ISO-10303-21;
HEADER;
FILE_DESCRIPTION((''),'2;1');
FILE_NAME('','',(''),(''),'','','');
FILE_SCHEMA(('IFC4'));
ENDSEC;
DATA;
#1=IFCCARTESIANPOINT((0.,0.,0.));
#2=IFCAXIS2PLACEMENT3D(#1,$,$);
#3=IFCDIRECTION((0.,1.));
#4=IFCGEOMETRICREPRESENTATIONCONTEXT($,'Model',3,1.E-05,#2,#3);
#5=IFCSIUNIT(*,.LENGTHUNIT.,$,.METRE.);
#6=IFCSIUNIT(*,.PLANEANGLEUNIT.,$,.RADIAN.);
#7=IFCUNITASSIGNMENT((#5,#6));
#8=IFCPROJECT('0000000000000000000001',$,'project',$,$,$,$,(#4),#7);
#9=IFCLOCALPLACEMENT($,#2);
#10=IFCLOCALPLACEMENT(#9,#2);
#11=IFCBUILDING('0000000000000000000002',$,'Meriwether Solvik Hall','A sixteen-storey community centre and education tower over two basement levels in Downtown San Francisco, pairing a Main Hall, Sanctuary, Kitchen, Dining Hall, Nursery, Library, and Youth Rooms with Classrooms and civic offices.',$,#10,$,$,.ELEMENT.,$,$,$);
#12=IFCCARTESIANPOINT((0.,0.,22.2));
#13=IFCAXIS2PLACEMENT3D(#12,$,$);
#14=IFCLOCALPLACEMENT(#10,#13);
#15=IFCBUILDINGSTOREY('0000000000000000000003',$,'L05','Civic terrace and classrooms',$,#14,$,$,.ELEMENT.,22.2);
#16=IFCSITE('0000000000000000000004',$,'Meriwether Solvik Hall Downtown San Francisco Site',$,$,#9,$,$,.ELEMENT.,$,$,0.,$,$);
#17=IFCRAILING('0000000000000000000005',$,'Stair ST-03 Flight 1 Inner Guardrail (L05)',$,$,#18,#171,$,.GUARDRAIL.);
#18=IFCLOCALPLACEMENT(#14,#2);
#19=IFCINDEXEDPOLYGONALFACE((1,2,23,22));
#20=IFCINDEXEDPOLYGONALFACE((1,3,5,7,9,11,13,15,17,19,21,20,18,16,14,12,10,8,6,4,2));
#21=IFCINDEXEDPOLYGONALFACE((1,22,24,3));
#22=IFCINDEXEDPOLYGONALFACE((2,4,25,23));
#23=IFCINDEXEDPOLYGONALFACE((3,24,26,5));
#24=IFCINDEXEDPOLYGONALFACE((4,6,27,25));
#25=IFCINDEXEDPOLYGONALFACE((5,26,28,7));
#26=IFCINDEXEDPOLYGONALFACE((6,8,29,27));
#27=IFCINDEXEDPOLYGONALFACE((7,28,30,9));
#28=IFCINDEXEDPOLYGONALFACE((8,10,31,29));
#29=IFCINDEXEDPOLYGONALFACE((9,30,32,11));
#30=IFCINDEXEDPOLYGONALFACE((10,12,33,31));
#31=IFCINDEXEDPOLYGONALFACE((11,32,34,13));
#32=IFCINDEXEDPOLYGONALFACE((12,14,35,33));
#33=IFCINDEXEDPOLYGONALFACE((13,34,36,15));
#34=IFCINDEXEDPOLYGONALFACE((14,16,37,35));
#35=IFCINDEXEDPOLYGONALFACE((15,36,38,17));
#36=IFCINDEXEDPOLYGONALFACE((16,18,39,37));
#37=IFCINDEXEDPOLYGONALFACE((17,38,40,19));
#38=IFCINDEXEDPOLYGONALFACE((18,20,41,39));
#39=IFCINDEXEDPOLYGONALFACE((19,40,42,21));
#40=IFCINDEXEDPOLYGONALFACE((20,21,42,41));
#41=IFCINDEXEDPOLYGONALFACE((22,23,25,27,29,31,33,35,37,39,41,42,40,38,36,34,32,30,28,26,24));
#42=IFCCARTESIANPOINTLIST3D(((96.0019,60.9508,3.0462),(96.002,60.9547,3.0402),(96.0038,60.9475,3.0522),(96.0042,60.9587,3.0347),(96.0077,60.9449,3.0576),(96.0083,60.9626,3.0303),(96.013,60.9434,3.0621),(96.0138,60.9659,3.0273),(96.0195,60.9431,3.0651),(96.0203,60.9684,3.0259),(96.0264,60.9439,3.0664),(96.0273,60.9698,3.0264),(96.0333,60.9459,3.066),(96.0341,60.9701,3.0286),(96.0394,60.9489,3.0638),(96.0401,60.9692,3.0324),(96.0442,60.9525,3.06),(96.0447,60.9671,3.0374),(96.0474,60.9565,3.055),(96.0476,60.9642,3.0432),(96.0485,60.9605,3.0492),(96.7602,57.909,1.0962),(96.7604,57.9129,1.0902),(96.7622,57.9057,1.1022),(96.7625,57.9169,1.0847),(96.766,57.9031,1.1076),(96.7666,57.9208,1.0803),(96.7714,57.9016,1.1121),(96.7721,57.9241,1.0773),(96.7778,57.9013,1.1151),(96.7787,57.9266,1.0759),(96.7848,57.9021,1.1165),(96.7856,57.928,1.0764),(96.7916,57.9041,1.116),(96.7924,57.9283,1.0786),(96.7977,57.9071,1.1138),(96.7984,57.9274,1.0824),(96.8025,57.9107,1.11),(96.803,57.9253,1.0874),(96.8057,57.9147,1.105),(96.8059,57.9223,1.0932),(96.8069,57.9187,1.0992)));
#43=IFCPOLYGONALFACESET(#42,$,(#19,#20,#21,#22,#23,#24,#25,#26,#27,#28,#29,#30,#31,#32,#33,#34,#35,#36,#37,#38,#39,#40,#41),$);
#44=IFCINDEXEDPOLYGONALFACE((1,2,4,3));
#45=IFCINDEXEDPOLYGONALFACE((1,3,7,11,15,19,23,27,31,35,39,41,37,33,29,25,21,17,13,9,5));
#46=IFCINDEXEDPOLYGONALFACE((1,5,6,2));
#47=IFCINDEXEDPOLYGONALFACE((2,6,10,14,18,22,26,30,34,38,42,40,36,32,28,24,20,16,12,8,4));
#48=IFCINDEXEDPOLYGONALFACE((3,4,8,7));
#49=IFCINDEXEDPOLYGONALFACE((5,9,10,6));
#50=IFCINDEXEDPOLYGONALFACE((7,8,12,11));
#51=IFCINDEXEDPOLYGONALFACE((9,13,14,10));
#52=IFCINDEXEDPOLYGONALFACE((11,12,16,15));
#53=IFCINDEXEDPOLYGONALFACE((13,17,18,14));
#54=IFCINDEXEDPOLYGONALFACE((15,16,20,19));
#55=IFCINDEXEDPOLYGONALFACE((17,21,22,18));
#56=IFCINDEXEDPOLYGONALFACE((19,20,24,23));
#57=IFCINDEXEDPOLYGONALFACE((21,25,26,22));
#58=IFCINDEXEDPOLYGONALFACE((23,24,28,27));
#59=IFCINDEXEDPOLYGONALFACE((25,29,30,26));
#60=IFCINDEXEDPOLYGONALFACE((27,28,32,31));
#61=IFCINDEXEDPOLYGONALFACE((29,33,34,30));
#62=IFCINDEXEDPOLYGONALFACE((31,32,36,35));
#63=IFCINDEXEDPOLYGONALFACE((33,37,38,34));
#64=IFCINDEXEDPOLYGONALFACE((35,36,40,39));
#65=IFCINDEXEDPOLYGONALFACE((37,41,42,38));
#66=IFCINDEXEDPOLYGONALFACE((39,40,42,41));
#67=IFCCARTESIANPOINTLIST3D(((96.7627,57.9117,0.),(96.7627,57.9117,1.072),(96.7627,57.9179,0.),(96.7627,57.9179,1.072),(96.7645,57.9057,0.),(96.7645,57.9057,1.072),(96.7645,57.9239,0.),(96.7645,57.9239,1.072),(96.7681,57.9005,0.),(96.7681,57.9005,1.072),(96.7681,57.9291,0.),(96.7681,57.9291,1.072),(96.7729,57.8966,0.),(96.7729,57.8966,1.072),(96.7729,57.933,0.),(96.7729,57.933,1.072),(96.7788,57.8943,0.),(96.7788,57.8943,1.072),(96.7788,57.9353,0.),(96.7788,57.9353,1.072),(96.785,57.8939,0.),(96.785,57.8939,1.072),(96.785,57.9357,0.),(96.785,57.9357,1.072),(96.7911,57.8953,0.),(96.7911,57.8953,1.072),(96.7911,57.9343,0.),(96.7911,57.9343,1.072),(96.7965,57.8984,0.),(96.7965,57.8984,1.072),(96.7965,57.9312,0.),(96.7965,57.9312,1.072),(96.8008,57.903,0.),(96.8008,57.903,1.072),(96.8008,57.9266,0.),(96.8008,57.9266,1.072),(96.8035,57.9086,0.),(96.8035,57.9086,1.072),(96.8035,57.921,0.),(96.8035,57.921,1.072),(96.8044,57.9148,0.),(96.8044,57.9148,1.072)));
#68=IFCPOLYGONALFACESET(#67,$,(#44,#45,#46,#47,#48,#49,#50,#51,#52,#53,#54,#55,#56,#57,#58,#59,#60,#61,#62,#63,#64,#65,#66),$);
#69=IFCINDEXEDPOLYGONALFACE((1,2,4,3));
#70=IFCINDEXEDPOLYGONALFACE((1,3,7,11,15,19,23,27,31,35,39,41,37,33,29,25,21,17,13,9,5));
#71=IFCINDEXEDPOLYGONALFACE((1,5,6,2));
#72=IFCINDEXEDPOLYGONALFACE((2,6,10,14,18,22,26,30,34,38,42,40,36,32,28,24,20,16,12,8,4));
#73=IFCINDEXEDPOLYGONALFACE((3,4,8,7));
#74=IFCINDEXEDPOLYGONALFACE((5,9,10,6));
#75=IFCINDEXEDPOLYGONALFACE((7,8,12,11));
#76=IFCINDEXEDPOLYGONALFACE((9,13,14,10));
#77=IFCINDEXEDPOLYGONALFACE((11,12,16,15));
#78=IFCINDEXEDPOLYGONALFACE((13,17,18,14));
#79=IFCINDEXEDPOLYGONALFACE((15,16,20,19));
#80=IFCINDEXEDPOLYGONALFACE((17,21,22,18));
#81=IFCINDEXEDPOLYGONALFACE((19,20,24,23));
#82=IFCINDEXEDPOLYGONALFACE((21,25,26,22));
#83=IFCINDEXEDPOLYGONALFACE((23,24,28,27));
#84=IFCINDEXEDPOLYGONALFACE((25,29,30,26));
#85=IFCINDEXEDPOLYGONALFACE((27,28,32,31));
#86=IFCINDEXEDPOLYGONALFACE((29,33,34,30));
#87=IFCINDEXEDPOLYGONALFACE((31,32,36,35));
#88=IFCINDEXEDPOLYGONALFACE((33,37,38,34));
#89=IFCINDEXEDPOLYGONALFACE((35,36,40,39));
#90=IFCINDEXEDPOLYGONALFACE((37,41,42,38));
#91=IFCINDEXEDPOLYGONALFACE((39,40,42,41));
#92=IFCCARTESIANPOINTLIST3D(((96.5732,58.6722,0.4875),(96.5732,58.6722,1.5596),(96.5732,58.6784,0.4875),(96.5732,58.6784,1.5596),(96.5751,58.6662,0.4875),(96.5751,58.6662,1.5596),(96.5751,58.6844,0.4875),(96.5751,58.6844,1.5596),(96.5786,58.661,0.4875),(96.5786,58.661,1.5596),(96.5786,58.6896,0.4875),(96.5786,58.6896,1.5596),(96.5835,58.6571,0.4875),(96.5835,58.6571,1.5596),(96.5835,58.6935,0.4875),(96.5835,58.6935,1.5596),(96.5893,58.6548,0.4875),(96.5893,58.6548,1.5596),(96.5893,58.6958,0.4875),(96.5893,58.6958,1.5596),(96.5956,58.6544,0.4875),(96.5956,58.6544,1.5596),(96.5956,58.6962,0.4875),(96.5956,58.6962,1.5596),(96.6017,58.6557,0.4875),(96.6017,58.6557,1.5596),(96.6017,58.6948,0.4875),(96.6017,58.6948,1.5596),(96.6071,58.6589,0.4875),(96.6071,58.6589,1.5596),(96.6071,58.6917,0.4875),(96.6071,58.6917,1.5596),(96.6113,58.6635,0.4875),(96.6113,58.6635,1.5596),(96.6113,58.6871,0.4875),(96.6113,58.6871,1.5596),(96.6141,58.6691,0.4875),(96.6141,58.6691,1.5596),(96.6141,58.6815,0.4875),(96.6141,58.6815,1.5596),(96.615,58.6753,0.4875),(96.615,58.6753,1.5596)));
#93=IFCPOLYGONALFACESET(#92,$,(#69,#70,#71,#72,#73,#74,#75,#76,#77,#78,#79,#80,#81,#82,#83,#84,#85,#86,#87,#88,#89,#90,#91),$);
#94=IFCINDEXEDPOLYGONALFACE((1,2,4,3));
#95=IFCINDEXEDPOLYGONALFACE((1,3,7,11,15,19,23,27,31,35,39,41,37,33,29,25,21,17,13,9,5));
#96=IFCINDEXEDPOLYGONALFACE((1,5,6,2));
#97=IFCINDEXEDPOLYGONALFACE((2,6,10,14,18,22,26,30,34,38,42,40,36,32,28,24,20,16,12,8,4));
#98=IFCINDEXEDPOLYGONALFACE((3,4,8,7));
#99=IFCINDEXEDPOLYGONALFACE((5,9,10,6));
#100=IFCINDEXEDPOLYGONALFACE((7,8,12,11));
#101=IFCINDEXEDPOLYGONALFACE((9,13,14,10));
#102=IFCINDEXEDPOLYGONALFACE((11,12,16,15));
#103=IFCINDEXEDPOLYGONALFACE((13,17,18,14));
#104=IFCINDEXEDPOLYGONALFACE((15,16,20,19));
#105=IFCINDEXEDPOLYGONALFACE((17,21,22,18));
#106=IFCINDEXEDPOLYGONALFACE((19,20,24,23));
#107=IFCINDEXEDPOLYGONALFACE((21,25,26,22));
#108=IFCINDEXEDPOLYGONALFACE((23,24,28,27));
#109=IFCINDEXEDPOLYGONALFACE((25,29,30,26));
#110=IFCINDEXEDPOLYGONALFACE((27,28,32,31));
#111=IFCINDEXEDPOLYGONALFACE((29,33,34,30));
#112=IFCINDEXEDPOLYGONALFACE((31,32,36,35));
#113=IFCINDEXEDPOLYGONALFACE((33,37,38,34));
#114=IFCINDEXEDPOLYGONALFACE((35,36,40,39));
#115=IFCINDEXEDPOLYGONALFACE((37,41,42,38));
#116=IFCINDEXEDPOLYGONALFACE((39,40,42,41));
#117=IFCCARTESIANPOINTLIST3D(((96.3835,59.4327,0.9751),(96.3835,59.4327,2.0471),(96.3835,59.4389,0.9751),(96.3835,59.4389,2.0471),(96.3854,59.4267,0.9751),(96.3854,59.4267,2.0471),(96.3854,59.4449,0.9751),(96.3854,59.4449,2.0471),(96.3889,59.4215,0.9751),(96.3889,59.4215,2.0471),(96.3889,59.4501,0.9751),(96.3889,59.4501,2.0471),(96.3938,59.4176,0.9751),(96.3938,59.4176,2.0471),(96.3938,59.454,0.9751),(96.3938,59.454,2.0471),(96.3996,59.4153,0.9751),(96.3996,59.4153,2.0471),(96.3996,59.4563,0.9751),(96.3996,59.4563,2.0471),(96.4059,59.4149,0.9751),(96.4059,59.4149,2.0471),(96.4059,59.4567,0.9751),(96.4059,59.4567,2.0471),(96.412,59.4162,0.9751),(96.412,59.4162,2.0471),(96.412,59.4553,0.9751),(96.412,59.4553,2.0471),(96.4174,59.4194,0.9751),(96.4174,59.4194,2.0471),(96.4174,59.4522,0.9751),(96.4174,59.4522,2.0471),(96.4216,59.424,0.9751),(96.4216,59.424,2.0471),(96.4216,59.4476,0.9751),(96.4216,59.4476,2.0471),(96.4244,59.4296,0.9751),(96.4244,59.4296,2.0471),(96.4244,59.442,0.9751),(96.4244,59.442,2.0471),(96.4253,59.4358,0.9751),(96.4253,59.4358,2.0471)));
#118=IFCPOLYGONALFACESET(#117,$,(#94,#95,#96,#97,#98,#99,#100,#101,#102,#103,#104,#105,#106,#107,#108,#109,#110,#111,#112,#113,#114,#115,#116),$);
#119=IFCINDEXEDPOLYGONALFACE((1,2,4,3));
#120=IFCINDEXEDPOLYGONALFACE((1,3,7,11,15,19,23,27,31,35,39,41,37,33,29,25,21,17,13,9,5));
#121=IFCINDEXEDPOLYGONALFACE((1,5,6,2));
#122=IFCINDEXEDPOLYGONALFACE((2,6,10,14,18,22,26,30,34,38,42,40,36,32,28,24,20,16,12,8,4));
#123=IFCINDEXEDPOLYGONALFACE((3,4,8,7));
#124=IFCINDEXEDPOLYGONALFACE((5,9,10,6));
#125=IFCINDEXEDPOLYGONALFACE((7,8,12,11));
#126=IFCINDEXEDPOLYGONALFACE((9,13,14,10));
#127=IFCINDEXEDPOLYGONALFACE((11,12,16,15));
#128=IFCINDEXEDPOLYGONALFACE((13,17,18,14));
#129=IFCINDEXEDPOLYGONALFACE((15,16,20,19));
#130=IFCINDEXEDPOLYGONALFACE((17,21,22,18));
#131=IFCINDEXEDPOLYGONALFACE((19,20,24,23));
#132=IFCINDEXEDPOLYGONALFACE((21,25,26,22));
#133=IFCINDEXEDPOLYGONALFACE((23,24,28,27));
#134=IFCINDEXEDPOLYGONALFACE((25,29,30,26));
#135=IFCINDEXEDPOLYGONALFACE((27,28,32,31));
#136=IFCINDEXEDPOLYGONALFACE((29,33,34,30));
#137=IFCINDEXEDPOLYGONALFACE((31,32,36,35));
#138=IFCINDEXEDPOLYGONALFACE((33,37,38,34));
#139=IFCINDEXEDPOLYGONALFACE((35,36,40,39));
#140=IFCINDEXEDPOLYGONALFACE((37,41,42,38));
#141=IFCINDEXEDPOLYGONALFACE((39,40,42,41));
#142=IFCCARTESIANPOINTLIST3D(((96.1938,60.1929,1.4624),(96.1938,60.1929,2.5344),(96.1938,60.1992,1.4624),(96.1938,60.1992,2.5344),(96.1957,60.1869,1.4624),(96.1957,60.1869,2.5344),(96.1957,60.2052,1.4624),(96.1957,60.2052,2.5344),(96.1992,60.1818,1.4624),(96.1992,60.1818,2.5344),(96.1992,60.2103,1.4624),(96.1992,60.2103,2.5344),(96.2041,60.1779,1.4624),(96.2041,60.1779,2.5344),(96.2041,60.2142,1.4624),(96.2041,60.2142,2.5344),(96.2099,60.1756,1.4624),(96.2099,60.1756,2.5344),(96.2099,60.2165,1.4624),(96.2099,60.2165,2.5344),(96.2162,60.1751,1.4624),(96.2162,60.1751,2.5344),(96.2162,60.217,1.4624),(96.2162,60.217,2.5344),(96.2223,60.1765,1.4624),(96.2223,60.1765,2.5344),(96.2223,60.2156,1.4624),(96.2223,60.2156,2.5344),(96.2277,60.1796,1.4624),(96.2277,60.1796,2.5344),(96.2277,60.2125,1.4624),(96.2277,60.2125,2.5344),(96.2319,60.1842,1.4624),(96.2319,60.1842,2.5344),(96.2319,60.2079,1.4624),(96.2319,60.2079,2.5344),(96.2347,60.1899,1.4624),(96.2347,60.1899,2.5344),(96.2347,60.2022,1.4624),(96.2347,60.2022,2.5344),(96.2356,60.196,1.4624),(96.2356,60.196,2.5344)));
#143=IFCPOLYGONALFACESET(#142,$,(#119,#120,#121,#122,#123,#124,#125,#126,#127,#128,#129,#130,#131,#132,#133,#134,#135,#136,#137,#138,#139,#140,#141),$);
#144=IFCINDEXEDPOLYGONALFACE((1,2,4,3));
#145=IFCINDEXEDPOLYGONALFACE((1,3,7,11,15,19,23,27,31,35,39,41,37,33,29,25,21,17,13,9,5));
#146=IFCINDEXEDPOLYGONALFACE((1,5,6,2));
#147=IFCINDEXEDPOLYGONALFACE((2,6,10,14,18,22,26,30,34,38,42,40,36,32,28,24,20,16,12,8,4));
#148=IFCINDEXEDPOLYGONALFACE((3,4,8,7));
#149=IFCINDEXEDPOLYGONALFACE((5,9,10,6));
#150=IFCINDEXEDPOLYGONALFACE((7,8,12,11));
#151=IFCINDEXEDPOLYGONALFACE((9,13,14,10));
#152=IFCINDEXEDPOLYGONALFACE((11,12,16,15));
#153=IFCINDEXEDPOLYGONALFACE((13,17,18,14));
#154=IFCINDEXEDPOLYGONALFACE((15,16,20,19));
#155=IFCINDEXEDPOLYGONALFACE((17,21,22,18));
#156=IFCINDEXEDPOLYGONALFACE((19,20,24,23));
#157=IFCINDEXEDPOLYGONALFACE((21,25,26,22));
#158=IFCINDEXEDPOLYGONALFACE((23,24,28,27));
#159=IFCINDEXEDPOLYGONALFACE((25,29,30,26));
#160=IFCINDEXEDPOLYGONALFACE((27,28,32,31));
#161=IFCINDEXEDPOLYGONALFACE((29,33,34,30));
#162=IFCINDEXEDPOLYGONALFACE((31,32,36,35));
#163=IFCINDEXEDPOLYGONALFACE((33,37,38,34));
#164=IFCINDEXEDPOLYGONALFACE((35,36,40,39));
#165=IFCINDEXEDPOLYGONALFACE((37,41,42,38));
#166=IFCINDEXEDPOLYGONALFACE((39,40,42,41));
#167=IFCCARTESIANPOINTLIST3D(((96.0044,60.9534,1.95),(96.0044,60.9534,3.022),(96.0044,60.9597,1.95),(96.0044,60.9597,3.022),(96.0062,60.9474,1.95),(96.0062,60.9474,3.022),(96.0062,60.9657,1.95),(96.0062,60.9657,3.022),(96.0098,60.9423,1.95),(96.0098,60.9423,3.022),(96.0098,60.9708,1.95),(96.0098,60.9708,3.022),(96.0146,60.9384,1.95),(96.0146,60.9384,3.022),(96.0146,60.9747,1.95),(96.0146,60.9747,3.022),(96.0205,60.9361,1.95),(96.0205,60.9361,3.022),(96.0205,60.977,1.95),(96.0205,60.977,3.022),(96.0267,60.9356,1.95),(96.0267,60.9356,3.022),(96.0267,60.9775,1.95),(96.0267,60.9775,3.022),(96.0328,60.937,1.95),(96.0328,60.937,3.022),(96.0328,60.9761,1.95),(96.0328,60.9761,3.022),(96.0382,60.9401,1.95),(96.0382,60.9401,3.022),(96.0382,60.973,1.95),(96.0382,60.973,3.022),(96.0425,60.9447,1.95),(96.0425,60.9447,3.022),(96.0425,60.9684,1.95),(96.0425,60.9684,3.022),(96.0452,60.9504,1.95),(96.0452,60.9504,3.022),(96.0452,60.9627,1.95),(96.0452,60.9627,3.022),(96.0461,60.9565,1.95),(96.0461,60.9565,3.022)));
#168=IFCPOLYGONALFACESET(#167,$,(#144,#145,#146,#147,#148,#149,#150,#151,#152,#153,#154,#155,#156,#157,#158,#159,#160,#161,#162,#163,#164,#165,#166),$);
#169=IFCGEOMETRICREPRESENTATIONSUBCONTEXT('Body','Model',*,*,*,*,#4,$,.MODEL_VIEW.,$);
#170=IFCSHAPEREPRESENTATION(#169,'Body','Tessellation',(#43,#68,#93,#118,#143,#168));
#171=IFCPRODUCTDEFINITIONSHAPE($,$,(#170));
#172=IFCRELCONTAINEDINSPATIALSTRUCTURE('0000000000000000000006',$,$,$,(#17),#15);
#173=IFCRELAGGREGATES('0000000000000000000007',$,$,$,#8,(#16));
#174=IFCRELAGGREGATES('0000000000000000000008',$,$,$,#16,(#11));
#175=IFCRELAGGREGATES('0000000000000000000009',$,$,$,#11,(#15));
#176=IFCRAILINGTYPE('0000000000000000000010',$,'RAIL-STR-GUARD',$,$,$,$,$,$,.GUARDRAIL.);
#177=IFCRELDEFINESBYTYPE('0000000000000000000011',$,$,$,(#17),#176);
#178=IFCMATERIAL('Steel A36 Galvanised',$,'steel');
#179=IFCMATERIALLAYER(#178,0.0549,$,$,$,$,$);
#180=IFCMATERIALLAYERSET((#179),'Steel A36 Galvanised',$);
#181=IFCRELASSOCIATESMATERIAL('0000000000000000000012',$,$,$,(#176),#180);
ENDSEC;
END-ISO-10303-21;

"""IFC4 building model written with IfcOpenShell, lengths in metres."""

from ifc_helpers import new_model, si_unit, direction, frame, origin, origin_2d, place, context, subcontext, project, spatial, circle, extrude, material, layer, layer_set, type_object, element, save


model = new_model("IFC4")

# Units and contexts
model_context = context("Model", 3, precision=1e-05, world=origin(), true_north=direction((0.0, 1.0)))
body_context = subcontext(model_context, "Body", "Model", "MODEL_VIEW")
ifc_project = project(units=[si_unit("LENGTHUNIT", "METRE"), si_unit("PLANEANGLEUNIT", "RADIAN")], contexts=[model_context])

# Site, building, storey
site_placement = place(None, origin())
site = spatial("IfcSite", under=ifc_project, at=site_placement, Name="Meriwether Solvik Hall Downtown San Francisco Site", CompositionType="ELEMENT", RefElevation=0.0)
building_placement = place(site_placement, origin())
building = spatial("IfcBuilding", under=site, at=building_placement, Name="Meriwether Solvik Hall", Description="A sixteen-storey community centre and education tower over two basement levels in Downtown San Francisco, pairing a Main Hall, Sanctuary, Kitchen, Dining Hall, Nursery, Library, and Youth Rooms with Classrooms and civic offices.", CompositionType="ELEMENT")
storey_placement = place(building_placement, frame((0.0, 0.0, 22.2)))
storey = spatial("IfcBuildingStorey", under=building, at=storey_placement, Name="L05", Description="Civic terrace and classrooms", CompositionType="ELEMENT", Elevation=22.2)

# Railing
ifc_material_1 = material(Name="Steel A36 Galvanised", Category="steel")
ifc_layer_1 = layer(ifc_material_1, 0.0549)
ifc_layer_set_1 = layer_set([ifc_layer_1], Name="Steel A36 Galvanised")
railing_type_1 = type_object("IfcRailingType", Name="RAIL-STR-GUARD", PredefinedType="GUARDRAIL", material=ifc_layer_set_1)
railing_1_placement = place(storey_placement, frame((96.7834, 57.9148, 0.0)))
element("IfcRailing", 1, at=railing_1_placement, inside=storey, type_object=railing_type_1, Name="Stair ST-03 Flight 1 Inner Guardrail (L05)", PredefinedType="GUARDRAIL", context=body_context, shape_type="SweptSolid", body=[
    extrude(circle(Radius=0.0239, at=origin_2d()), frame((0.0, 0.0, 1.0962), z_axis=(-0.2054, 0.823915, 0.528181), x_axis=(-0.970303, -0.241894, 0.0)), (0.0, 0.0, 1.0), 3.6919),
    extrude(circle(Radius=0.021, at=origin_2d()), origin(), (0.0, 0.0, 1.0), 1.072),
    extrude(circle(Radius=0.021, at=origin_2d()), frame((-0.1895, 0.7605, 0.4875)), (0.0, 0.0, 1.0), 1.072),
    extrude(circle(Radius=0.021, at=origin_2d()), frame((-0.3792, 1.521, 0.9751)), (0.0, 0.0, 1.0), 1.072),
    extrude(circle(Radius=0.021, at=origin_2d()), frame((-0.5688, 2.2812, 1.4624)), (0.0, 0.0, 1.0), 1.072),
    extrude(circle(Radius=0.021, at=origin_2d()), frame((-0.7583, 3.0417, 1.95)), (0.0, 0.0, 1.0), 1.072),
])

save(model, "model.ifc")
